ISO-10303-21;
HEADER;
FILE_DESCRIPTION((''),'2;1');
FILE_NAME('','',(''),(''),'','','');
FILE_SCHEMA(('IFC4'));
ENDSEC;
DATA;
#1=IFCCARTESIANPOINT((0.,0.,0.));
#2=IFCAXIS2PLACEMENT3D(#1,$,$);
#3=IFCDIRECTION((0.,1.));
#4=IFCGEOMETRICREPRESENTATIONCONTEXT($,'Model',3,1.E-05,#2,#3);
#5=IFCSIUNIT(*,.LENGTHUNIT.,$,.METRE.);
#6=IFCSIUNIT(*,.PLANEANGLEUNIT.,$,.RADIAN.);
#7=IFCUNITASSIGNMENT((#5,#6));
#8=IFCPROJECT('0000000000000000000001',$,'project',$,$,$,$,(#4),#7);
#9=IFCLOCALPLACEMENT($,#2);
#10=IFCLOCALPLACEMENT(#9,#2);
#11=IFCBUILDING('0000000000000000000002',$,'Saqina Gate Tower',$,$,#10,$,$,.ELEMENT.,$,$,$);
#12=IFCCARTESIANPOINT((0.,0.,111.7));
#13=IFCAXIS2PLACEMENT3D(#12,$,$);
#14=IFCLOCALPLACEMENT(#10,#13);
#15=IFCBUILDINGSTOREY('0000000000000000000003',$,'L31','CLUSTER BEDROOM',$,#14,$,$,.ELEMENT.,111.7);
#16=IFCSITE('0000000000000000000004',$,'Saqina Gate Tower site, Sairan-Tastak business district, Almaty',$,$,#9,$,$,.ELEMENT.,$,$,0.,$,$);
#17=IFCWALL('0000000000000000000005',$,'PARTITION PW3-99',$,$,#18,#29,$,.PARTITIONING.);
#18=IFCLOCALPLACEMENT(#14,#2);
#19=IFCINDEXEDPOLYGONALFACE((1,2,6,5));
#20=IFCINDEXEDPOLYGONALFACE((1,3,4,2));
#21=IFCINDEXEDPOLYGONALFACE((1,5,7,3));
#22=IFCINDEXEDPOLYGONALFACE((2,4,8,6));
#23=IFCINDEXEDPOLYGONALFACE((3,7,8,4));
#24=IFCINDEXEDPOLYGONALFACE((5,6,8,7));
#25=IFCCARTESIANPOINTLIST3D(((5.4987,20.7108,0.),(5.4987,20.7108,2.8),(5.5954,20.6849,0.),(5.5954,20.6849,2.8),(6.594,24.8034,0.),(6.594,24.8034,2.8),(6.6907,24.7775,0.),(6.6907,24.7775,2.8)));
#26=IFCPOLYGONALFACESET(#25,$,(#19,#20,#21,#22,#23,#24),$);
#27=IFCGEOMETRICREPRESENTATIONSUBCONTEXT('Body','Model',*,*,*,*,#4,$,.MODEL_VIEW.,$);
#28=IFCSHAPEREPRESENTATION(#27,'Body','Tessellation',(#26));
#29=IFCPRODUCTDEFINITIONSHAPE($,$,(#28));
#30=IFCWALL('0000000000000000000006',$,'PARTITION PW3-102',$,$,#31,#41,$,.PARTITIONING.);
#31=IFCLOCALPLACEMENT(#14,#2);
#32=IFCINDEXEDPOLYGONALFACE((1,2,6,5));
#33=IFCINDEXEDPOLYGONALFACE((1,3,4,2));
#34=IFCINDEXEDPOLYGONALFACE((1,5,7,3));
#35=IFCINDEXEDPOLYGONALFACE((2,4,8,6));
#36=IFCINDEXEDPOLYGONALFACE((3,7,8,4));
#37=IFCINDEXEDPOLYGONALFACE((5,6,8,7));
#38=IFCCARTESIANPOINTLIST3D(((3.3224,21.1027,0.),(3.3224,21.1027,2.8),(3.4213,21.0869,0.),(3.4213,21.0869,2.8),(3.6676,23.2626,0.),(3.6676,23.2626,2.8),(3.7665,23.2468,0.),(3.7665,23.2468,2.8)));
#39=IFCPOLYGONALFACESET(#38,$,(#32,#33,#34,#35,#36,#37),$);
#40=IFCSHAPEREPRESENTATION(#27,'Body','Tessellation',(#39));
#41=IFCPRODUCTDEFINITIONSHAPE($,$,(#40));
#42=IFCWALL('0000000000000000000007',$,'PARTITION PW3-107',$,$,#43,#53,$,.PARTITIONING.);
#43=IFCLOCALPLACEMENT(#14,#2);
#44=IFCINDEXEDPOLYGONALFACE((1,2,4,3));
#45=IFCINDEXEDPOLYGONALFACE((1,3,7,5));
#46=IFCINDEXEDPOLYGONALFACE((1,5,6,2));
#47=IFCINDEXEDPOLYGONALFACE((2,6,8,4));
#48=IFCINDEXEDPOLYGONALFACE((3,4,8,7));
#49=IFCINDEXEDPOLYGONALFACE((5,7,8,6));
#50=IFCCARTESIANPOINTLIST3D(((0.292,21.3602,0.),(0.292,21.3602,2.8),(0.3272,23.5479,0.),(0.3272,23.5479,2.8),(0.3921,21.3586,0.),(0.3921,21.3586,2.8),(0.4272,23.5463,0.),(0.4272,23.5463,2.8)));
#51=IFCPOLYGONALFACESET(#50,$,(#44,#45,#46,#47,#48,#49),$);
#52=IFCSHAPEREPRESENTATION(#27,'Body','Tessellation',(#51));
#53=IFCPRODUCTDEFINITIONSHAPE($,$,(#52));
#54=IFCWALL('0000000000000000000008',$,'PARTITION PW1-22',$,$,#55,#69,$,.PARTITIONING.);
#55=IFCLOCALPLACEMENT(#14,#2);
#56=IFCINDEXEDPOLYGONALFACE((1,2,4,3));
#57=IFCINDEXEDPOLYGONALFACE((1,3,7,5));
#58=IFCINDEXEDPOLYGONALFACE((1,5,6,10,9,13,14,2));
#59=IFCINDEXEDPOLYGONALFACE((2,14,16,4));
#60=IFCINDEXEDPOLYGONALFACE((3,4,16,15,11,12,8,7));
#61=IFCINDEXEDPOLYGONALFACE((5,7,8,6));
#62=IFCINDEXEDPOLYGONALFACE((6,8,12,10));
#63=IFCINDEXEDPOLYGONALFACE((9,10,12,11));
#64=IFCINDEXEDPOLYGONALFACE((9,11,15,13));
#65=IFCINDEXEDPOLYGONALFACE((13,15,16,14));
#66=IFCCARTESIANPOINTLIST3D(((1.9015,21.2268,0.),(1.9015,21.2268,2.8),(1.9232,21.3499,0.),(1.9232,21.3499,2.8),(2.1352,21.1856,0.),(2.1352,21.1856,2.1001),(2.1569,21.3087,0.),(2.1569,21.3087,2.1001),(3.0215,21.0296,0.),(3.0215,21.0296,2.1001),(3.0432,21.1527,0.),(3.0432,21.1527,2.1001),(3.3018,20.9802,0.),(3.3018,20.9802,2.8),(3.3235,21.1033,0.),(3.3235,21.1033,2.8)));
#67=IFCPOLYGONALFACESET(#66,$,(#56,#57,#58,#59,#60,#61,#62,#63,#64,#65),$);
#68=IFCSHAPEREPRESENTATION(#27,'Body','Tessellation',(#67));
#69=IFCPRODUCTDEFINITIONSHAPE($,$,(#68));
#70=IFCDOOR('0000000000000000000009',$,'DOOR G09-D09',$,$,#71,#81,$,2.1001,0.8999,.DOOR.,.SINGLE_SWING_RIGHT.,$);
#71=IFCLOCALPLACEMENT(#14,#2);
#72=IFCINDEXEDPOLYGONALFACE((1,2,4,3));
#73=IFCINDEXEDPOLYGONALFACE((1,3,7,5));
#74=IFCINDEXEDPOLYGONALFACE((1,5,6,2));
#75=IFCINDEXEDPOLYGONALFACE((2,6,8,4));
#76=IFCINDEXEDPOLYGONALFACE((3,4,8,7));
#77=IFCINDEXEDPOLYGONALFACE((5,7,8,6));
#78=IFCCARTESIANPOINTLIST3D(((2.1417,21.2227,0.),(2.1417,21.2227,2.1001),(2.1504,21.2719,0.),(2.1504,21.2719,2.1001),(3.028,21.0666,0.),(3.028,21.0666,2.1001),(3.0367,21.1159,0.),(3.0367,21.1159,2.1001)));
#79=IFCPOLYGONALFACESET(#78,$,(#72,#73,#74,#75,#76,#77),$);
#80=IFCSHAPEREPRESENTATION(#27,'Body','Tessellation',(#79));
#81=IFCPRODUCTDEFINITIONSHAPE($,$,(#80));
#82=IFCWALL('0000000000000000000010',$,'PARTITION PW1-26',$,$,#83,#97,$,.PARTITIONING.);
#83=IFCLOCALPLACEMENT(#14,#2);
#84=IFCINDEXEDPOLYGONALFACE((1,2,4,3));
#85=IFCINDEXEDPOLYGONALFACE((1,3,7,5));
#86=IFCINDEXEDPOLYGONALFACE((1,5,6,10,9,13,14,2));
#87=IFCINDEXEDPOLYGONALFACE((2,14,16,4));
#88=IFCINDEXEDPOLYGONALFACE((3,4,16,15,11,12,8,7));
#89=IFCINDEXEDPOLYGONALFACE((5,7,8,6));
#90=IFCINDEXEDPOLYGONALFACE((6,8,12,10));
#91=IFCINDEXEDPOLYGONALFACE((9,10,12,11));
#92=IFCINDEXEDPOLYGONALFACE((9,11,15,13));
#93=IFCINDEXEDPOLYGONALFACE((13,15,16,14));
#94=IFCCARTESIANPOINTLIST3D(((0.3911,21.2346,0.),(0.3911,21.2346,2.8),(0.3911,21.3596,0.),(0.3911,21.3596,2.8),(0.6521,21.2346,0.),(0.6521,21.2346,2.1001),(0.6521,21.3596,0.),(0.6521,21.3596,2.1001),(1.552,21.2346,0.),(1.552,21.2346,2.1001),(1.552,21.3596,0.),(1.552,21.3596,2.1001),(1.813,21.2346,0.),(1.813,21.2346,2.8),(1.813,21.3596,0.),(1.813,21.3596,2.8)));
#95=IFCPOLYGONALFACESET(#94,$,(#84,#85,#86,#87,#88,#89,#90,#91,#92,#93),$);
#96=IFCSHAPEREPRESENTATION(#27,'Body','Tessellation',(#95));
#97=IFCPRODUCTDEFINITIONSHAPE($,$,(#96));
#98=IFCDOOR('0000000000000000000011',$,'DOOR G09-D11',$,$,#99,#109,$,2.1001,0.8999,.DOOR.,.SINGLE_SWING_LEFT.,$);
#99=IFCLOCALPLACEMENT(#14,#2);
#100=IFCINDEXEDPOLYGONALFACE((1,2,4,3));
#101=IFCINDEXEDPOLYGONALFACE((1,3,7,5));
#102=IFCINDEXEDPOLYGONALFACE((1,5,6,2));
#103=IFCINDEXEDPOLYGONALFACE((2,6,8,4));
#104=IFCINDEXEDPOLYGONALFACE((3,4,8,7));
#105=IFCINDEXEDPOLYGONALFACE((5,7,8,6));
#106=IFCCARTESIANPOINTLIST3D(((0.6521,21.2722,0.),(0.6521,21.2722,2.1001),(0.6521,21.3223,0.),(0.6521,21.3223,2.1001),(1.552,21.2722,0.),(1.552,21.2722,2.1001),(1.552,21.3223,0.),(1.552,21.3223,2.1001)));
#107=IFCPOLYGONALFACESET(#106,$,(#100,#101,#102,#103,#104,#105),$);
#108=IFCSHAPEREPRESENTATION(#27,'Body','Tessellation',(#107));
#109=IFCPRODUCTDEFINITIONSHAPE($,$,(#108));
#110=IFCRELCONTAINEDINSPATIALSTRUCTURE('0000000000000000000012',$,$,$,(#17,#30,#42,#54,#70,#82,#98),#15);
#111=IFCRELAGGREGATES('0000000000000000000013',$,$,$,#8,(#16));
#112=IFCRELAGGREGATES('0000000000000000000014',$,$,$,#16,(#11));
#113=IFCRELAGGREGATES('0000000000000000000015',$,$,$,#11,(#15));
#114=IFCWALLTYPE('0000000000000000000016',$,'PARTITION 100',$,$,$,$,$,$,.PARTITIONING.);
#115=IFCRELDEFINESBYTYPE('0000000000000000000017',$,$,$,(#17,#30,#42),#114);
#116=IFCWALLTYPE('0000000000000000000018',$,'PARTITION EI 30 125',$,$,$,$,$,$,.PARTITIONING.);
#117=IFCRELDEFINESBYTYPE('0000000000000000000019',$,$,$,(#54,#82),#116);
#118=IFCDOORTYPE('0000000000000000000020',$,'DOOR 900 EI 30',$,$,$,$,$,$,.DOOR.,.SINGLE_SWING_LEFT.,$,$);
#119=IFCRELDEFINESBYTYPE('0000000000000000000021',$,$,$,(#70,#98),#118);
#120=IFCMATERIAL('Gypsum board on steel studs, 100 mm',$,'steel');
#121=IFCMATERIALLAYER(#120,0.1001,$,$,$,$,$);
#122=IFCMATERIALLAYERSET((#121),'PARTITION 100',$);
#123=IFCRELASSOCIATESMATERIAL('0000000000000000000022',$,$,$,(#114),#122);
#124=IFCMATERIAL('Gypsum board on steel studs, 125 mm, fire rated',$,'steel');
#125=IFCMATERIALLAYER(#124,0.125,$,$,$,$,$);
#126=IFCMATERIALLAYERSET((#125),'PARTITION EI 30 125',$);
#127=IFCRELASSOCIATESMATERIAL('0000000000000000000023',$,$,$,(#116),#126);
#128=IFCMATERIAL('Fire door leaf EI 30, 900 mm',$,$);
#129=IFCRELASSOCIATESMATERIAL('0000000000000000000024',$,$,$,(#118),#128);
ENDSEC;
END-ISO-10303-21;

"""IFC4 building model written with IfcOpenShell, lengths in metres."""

from ifc_helpers import new_model, si_unit, direction, frame, frame_2d, origin, place, context, subcontext, project, spatial, rectangle, extrude, material, layer, layer_set, type_object, element, fill, save


model = new_model("IFC4")

# Units and contexts
model_context = context("Model", 3, precision=1e-05, world=origin(), true_north=direction((0.0, 1.0)))
body_context = subcontext(model_context, "Body", "Model", "MODEL_VIEW")
ifc_project = project(units=[si_unit("LENGTHUNIT", "METRE"), si_unit("PLANEANGLEUNIT", "RADIAN")], contexts=[model_context])

# Site, building, storey
site_placement = place(None, origin())
site = spatial("IfcSite", under=ifc_project, at=site_placement, Name="Saqina Gate Tower site, Sairan-Tastak business district, Almaty", CompositionType="ELEMENT", RefElevation=0.0)
building_placement = place(site_placement, origin())
building = spatial("IfcBuilding", under=site, at=building_placement, Name="Saqina Gate Tower", CompositionType="ELEMENT")
storey_placement = place(building_placement, frame((0.0, 0.0, 111.7)))
storey = spatial("IfcBuildingStorey", under=building, at=storey_placement, Name="L31", Description="CLUSTER BEDROOM", CompositionType="ELEMENT", Elevation=111.7)

# Shared definitions
ifc_material_1 = material(Name="Gypsum board on steel studs, 100 mm", Category="steel")
ifc_layer_1 = layer(ifc_material_1, 0.1001)
ifc_layer_set_1 = layer_set([ifc_layer_1], Name="PARTITION 100")
wall_type_1 = type_object("IfcWallType", Name="PARTITION 100", PredefinedType="PARTITIONING", material=ifc_layer_set_1)

# Walls
wall_1_placement = place(storey_placement, frame((5.5471, 20.698, 0.0), z_axis=(0.0, 0.0, 1.0), x_axis=(0.258516, 0.966007, 0.0)))
element("IfcWall", 1, at=wall_1_placement, inside=storey, type_object=wall_type_1, Name="PARTITION PW3-99", PredefinedType="PARTITIONING", context=body_context, shape_type="SweptSolid", body=[
    extrude(rectangle(XDim=4.2366, YDim=0.1001, at=frame_2d((2.1182, 0.0))), origin(), (0.0, 0.0, 1.0), 2.8),
])
wall_2_placement = place(storey_placement, frame((3.3718, 21.0947, 0.0), z_axis=(0.0, 0.0, 1.0), x_axis=(0.157825, 0.987467, 0.0)))
element("IfcWall", 2, at=wall_2_placement, inside=storey, type_object=wall_type_1, Name="PARTITION PW3-102", PredefinedType="PARTITIONING", context=body_context, shape_type="SweptSolid", body=[
    extrude(rectangle(XDim=2.1873, YDim=0.1001, at=frame_2d((1.0938, 0.0))), origin(), (0.0, 0.0, 1.0), 2.8),
])
wall_3_placement = place(storey_placement, frame((0.342, 21.3594, 0.0), z_axis=(0.0, 0.0, 1.0), x_axis=(0.016068, 0.999871, 0.0)))
element("IfcWall", 3, at=wall_3_placement, inside=storey, type_object=wall_type_1, Name="PARTITION PW3-107", PredefinedType="PARTITIONING", context=body_context, shape_type="SweptSolid", body=[
    extrude(rectangle(XDim=2.188, YDim=0.1001, at=frame_2d((1.094, 0.0))), origin(), (0.0, 0.0, 1.0), 2.8),
])

# Walls, openings, doors
ifc_material_2 = material(Name="Gypsum board on steel studs, 125 mm, fire rated", Category="steel")
ifc_layer_2 = layer(ifc_material_2, 0.125)
ifc_layer_set_2 = layer_set([ifc_layer_2], Name="PARTITION EI 30 125")
wall_type_2 = type_object("IfcWallType", Name="PARTITION EI 30 125", PredefinedType="PARTITIONING", material=ifc_layer_set_2)
wall_4_placement = place(storey_placement, frame((1.9124, 21.2883, 0.0), z_axis=(0.0, 0.0, 1.0), x_axis=(0.984849, -0.173413, 0.0)))
wall_4 = element("IfcWall", 4, at=wall_4_placement, inside=storey, type_object=wall_type_2, Name="PARTITION PW1-22", PredefinedType="PARTITIONING", context=body_context, shape_type="SweptSolid", body=[
    extrude(rectangle(XDim=1.4219, YDim=0.125, at=frame_2d((0.7109, 0.0))), origin(), (0.0, 0.0, 1.0), 2.8),
])
opening_1_placement = place(wall_4_placement, frame((0.2373, 0.0, 0.0)))
opening_1 = element("IfcOpeningElement", 5, at=opening_1_placement, cuts=wall_4, PredefinedType="OPENING", context=body_context, shape_type="SweptSolid", body=[
    extrude(rectangle(XDim=0.8999, YDim=2.1001, at=frame_2d((0.45, 1.05))), frame((0.0, 0.0745, 0.0), z_axis=(0.0, -1.0, 0.0), x_axis=(1.0, 0.0, 0.0)), (0.0, 0.0, 1.0), 0.1489),
])
ifc_material_3 = material(Name="Fire door leaf EI 30, 900 mm")
door_type_1 = type_object("IfcDoorType", Name="DOOR 900 EI 30", OperationType="SINGLE_SWING_LEFT", PredefinedType="DOOR", material=ifc_material_3)
door_1_placement = place(opening_1_placement, frame((0.8999, 0.0, 0.0), z_axis=(0.0, 0.0, 1.0), x_axis=(-1.0, 0.0, 0.0)))
door_1 = element("IfcDoor", 6, at=door_1_placement, inside=storey, type_object=door_type_1, Name="DOOR G09-D09", OperationType="SINGLE_SWING_RIGHT", OverallHeight=2.1001, OverallWidth=0.8999, PredefinedType="DOOR", context=body_context, shape_type="SweptSolid", body=[
    extrude(rectangle(XDim=0.8999, YDim=2.1001, at=frame_2d((0.45, 1.05))), frame((0.0, 0.0249, 0.0), z_axis=(0.0, -1.0, 0.0), x_axis=(1.0, 0.0, 0.0)), (0.0, 0.0, 1.0), 0.05),
])
fill(opening_1, door_1)
wall_5_placement = place(storey_placement, frame((0.3911, 21.2971, 0.0), z_axis=(0.0, 0.0, 1.0), x_axis=(1.0, 0.0, 0.0)))
wall_5 = element("IfcWall", 7, at=wall_5_placement, inside=storey, type_object=wall_type_2, Name="PARTITION PW1-26", PredefinedType="PARTITIONING", context=body_context, shape_type="SweptSolid", body=[
    extrude(rectangle(XDim=1.4219, YDim=0.125, at=frame_2d((0.7109, 0.0))), origin(), (0.0, 0.0, 1.0), 2.8),
])
opening_2_placement = place(wall_5_placement, frame((0.261, 0.0, 0.0)))
opening_2 = element("IfcOpeningElement", 8, at=opening_2_placement, cuts=wall_5, PredefinedType="OPENING", context=body_context, shape_type="SweptSolid", body=[
    extrude(rectangle(XDim=0.8999, YDim=2.1001, at=frame_2d((0.45, 1.05))), frame((0.0, 0.0745, 0.0), z_axis=(0.0, -1.0, 0.0), x_axis=(1.0, 0.0, 0.0)), (0.0, 0.0, 1.0), 0.1489),
])
door_2_placement = place(opening_2_placement, frame((0.8999, 0.0, 0.0), z_axis=(0.0, 0.0, 1.0), x_axis=(-1.0, 0.0, 0.0)))
door_2 = element("IfcDoor", 9, at=door_2_placement, inside=storey, type_object=door_type_1, Name="DOOR G09-D11", OperationType="SINGLE_SWING_LEFT", OverallHeight=2.1001, OverallWidth=0.8999, PredefinedType="DOOR", context=body_context, shape_type="SweptSolid", body=[
    extrude(rectangle(XDim=0.8999, YDim=2.1001, at=frame_2d((0.45, 1.05))), frame((0.0, 0.0249, 0.0), z_axis=(0.0, -1.0, 0.0), x_axis=(1.0, 0.0, 0.0)), (0.0, 0.0, 1.0), 0.05),
])
fill(opening_2, door_2)

save(model, "model.ifc")
